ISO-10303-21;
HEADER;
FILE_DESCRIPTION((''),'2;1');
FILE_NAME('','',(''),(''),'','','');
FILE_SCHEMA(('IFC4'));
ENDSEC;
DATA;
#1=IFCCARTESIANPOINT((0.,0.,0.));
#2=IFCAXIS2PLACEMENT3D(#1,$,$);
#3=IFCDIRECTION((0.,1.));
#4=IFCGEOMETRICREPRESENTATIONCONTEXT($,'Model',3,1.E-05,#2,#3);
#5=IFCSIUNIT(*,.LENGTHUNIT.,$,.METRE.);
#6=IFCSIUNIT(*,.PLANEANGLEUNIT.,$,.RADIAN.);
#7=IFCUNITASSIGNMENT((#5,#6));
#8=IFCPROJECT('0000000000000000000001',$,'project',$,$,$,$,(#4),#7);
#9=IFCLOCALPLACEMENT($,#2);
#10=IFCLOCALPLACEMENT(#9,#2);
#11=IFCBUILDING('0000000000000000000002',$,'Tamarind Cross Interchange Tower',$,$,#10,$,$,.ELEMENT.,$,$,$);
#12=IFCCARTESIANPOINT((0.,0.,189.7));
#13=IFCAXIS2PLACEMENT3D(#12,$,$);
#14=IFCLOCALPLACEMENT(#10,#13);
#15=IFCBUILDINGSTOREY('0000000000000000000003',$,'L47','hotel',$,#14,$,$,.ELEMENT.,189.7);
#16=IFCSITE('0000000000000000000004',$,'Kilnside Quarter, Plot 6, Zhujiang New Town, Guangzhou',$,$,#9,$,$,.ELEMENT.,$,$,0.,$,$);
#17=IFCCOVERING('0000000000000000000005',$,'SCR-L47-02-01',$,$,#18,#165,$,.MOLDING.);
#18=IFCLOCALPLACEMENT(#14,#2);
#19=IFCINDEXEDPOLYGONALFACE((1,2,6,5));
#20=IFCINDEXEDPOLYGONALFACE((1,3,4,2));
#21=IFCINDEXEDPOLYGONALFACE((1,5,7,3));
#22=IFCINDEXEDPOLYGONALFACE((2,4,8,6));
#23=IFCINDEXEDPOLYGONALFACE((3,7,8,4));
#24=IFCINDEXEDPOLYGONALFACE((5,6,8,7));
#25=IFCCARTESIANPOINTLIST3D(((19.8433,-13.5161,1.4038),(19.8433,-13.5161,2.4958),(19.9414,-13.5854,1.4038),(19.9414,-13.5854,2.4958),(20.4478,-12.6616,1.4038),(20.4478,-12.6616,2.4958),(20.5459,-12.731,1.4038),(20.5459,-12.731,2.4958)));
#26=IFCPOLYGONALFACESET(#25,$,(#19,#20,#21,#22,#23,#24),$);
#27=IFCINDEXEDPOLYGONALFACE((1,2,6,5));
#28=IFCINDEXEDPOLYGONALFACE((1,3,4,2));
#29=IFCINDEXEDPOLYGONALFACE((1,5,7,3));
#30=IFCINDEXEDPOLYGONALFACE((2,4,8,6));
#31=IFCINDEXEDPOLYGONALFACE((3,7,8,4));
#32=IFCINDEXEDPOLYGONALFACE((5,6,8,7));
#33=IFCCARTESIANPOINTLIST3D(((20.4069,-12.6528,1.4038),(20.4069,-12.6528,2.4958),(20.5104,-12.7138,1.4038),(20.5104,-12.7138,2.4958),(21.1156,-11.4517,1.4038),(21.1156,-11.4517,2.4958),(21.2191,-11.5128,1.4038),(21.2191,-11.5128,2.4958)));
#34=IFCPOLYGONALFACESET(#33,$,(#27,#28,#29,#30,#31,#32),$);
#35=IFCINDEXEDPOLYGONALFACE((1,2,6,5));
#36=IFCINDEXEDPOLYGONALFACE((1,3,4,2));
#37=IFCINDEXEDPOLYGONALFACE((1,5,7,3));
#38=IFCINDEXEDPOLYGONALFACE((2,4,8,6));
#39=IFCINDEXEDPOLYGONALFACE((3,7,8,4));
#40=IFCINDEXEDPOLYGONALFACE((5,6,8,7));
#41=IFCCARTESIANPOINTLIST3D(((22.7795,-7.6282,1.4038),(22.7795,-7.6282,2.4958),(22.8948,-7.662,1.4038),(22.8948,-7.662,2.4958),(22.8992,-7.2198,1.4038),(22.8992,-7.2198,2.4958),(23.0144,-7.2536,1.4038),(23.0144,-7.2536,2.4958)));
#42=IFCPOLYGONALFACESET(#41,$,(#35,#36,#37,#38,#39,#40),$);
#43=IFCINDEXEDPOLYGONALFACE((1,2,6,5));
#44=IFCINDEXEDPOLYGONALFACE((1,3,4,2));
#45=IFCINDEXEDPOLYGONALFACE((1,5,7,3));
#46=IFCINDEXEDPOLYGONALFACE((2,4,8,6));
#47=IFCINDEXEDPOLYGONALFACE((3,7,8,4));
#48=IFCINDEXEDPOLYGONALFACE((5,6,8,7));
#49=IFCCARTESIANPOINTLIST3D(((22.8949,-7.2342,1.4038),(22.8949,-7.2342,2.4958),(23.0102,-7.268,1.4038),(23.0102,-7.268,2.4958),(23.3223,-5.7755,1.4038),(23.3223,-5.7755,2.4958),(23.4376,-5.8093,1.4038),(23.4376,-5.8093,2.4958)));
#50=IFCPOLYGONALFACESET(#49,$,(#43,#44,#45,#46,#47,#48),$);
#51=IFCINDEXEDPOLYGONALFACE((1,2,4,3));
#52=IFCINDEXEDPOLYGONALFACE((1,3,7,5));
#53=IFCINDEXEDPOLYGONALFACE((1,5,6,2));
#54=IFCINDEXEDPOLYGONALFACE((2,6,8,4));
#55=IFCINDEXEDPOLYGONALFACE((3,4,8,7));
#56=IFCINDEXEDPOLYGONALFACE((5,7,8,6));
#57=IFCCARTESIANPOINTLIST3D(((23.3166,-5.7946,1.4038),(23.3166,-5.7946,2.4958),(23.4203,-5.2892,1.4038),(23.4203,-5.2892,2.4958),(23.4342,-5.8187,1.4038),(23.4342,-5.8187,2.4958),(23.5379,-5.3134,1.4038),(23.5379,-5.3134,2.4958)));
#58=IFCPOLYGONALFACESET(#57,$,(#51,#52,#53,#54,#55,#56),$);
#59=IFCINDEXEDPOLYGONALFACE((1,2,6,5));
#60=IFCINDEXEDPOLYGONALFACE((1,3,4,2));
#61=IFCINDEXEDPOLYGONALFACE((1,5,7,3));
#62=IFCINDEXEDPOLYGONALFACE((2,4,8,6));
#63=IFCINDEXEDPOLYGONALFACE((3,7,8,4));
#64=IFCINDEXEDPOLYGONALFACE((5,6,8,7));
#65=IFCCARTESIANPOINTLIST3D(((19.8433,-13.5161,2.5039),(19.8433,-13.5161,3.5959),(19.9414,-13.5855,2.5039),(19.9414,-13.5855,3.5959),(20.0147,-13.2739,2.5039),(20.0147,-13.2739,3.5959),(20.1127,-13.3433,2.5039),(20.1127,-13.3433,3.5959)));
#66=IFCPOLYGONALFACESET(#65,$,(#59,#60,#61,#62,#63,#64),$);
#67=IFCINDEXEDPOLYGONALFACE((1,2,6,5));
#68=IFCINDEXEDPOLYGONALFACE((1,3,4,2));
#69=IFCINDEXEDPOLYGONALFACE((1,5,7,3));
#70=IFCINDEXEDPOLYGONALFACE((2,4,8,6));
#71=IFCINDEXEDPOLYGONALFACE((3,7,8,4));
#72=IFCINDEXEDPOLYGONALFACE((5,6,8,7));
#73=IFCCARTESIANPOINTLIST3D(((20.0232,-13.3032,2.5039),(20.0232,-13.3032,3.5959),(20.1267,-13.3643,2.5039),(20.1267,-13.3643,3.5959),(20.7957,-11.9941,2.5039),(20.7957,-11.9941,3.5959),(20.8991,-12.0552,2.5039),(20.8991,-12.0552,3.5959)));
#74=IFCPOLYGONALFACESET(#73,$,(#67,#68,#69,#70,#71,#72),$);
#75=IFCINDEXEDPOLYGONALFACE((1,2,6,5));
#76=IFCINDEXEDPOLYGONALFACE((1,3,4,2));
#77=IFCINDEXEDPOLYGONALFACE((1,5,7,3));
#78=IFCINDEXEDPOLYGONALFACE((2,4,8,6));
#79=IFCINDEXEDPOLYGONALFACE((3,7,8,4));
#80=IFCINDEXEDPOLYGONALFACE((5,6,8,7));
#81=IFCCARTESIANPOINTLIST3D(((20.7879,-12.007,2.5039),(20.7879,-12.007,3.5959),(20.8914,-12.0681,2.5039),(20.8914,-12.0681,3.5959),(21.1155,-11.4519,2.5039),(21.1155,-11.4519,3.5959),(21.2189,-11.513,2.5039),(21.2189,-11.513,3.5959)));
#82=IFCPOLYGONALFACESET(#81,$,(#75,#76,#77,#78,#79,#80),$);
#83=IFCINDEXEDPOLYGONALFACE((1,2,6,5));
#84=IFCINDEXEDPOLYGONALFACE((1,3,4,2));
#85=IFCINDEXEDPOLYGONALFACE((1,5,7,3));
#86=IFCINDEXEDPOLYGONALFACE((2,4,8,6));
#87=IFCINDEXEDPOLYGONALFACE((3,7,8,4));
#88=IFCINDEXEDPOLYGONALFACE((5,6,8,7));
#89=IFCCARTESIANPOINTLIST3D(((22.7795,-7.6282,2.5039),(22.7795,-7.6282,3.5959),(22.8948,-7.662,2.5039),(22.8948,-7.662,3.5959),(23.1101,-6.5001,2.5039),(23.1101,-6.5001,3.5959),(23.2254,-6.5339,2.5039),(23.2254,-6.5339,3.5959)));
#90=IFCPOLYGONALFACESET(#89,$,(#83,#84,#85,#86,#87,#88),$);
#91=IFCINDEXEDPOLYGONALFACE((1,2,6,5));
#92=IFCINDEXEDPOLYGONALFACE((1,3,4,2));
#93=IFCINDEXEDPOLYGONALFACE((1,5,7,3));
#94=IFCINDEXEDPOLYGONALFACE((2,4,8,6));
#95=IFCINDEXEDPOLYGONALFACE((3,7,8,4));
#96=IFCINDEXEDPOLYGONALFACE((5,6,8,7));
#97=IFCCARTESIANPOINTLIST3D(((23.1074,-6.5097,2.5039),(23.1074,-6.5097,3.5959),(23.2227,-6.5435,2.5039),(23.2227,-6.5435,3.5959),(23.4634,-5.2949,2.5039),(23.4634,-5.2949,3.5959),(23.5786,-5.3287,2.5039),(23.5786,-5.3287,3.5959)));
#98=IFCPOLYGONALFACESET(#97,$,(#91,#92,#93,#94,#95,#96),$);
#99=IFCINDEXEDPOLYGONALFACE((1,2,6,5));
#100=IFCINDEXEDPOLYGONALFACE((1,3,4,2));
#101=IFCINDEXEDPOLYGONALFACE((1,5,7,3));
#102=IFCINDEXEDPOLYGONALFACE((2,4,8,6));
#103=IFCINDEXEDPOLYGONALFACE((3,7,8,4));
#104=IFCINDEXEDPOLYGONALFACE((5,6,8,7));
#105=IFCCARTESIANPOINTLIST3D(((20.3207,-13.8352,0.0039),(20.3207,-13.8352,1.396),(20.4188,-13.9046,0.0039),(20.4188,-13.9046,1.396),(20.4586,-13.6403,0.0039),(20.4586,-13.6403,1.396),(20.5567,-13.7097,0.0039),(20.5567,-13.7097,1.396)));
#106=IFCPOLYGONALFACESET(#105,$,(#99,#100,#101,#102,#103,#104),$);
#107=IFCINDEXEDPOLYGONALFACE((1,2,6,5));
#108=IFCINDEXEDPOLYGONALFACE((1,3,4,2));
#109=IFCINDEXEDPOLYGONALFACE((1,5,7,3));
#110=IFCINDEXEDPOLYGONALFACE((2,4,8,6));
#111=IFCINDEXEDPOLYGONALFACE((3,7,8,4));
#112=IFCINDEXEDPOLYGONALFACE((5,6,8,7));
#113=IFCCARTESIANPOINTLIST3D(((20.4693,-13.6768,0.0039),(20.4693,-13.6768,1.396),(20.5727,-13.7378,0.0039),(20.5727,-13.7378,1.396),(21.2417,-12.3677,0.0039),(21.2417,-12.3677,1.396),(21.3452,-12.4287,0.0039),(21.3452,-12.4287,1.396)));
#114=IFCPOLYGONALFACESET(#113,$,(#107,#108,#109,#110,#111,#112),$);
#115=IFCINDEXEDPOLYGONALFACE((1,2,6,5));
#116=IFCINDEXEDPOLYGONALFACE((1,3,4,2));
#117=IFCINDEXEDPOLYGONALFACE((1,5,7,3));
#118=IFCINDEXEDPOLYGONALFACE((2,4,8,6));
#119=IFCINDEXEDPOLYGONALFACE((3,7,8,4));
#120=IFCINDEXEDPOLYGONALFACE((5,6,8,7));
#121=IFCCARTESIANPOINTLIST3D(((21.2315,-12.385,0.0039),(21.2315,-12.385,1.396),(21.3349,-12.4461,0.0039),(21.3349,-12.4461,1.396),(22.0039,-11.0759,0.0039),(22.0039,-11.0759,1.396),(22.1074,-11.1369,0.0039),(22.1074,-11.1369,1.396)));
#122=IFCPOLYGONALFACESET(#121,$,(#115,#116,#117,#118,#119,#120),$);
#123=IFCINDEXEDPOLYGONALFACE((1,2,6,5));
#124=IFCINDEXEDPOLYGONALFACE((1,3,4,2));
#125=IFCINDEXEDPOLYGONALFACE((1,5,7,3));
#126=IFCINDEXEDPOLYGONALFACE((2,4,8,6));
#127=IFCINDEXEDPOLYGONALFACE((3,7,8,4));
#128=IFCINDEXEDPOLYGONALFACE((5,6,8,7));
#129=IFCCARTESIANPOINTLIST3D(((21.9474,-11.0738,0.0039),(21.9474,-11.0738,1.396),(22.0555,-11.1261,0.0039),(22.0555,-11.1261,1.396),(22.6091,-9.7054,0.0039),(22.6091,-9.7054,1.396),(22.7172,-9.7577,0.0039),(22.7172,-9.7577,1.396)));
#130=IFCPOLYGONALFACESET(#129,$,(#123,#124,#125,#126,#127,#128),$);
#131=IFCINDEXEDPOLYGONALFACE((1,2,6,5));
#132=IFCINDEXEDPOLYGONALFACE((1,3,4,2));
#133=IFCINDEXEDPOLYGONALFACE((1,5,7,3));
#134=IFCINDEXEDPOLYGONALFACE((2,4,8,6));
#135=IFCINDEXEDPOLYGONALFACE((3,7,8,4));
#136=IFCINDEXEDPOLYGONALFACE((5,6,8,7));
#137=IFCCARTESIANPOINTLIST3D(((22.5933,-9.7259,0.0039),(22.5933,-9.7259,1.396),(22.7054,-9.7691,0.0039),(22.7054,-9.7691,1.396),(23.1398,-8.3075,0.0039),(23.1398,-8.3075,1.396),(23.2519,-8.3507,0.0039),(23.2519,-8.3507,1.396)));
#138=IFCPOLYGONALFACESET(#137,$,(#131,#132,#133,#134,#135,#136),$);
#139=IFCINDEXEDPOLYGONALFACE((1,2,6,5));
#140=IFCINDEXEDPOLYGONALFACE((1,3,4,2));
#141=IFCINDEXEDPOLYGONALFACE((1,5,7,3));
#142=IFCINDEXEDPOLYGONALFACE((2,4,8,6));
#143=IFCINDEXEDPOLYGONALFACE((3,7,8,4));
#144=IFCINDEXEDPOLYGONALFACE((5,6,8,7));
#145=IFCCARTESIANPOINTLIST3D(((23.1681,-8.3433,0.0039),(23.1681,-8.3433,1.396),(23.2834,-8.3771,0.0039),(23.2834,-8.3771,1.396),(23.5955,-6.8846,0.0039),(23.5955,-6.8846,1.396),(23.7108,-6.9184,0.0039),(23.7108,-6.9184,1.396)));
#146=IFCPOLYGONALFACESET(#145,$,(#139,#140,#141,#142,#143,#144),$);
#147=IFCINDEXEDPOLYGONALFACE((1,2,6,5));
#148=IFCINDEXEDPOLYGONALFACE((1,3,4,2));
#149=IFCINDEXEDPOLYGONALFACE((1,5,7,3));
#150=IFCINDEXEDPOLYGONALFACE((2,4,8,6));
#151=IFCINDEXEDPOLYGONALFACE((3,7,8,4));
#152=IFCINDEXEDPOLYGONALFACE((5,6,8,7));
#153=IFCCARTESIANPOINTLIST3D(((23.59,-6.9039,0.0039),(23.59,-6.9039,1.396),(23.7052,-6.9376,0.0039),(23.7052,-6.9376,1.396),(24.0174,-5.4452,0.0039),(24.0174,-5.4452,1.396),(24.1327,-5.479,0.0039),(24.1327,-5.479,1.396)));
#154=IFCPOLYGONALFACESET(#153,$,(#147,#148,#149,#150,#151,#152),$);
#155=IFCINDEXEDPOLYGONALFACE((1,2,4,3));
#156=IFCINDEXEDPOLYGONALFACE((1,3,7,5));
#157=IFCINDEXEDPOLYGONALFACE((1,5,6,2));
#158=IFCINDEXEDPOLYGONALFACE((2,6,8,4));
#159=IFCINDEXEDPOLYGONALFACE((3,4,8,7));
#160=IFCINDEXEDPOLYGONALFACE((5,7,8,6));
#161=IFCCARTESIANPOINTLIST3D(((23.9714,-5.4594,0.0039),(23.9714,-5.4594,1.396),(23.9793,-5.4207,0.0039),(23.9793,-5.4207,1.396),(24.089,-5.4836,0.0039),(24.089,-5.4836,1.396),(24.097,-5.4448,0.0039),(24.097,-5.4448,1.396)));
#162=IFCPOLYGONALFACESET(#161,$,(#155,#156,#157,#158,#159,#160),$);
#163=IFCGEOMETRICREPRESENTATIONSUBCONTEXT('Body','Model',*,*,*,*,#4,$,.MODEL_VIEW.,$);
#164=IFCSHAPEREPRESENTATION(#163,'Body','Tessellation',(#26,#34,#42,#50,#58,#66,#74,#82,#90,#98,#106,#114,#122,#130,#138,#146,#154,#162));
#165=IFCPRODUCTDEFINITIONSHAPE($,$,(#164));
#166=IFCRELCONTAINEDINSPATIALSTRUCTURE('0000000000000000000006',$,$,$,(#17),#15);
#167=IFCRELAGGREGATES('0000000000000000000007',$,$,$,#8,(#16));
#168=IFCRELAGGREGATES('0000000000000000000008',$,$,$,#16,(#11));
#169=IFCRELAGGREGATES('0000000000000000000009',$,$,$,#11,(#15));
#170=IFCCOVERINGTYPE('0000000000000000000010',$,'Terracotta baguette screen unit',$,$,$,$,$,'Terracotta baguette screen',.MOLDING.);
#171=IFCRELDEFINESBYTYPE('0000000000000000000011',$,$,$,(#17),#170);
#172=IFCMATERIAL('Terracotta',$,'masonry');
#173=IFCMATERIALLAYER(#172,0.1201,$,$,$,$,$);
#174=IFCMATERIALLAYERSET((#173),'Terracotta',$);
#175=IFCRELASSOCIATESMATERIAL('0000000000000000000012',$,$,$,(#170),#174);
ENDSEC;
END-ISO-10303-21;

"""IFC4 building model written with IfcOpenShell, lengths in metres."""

from ifc_helpers import new_model, si_unit, direction, frame, origin, origin_2d, place, context, subcontext, project, spatial, rectangle, extrude, material, layer, layer_set, type_object, element, save


model = new_model("IFC4")

# Units and contexts
model_context = context("Model", 3, precision=1e-05, world=origin(), true_north=direction((0.0, 1.0)))
body_context = subcontext(model_context, "Body", "Model", "MODEL_VIEW")
ifc_project = project(units=[si_unit("LENGTHUNIT", "METRE"), si_unit("PLANEANGLEUNIT", "RADIAN")], contexts=[model_context])

# Site, building, storey
site_placement = place(None, origin())
site = spatial("IfcSite", under=ifc_project, at=site_placement, Name="Kilnside Quarter, Plot 6, Zhujiang New Town, Guangzhou", CompositionType="ELEMENT", RefElevation=0.0)
building_placement = place(site_placement, origin())
building = spatial("IfcBuilding", under=site, at=building_placement, Name="Tamarind Cross Interchange Tower", CompositionType="ELEMENT")
storey_placement = place(building_placement, frame((0.0, 0.0, 189.7)))
storey = spatial("IfcBuildingStorey", under=building, at=storey_placement, Name="L47", Description="hotel", CompositionType="ELEMENT", Elevation=189.7)

# Covering
ifc_material_1 = material(Name="Terracotta", Category="masonry")
ifc_layer_1 = layer(ifc_material_1, 0.1201)
ifc_layer_set_1 = layer_set([ifc_layer_1], Name="Terracotta")
covering_type = type_object("IfcCoveringType", Name="Terracotta baguette screen unit", ElementType="Terracotta baguette screen", PredefinedType="MOLDING", material=ifc_layer_set_1)
covering_1_placement = place(storey_placement, origin())
element("IfcCovering", 1, at=covering_1_placement, inside=storey, type_object=covering_type, Name="SCR-L47-02-01", PredefinedType="MOLDING", context=body_context, shape_type="SweptSolid", body=[
    extrude(rectangle(XDim=1.0466, YDim=0.1201, at=origin_2d()), frame((20.1946, -13.1235, 1.4038), z_axis=(0.0, 0.0, 1.0), x_axis=(0.577569, 0.816342, 0.0)), (0.0, 0.0, 1.0), 1.092),
    extrude(rectangle(XDim=1.3945, YDim=0.1201, at=origin_2d()), frame((20.813, -12.0828, 1.4038), z_axis=(0.0, 0.0, 1.0), x_axis=(0.508183, 0.861249, 0.0)), (0.0, 0.0, 1.0), 1.092),
    extrude(rectangle(XDim=0.4255, YDim=0.1201, at=origin_2d()), frame((22.897, -7.4409, 1.4038), z_axis=(0.0, 0.0, 1.0), x_axis=(0.281209, 0.959647, 0.0)), (0.0, 0.0, 1.0), 1.092),
    extrude(rectangle(XDim=1.52, YDim=0.1201, at=origin_2d()), frame((23.1663, -6.5217, 1.4038), z_axis=(0.0, 0.0, 1.0), x_axis=(0.281209, 0.959647, 0.0)), (0.0, 0.0, 1.0), 1.092),
    extrude(rectangle(XDim=0.5159, YDim=0.1201, at=origin_2d()), frame((23.4272, -5.554, 1.4038), z_axis=(0.0, 0.0, 1.0), x_axis=(0.201001, 0.979591, 0.0)), (0.0, 0.0, 1.0), 1.092),
    extrude(rectangle(XDim=0.2966, YDim=0.1201, at=origin_2d()), frame((19.978, -13.4297, 2.5039), z_axis=(0.0, 0.0, 1.0), x_axis=(0.577569, 0.816342, 0.0)), (0.0, 0.0, 1.0), 1.092),
    extrude(rectangle(XDim=1.52, YDim=0.1201, at=origin_2d()), frame((20.4612, -12.6792, 2.5039), z_axis=(0.0, 0.0, 1.0), x_axis=(0.508183, 0.861249, 0.0)), (0.0, 0.0, 1.0), 1.092),
    extrude(rectangle(XDim=0.6445, YDim=0.1201, at=origin_2d()), frame((21.0034, -11.76, 2.5039), z_axis=(0.0, 0.0, 1.0), x_axis=(0.508183, 0.861249, 0.0)), (0.0, 0.0, 1.0), 1.092),
    extrude(rectangle(XDim=1.1755, YDim=0.1201, at=origin_2d()), frame((23.0024, -7.0811, 2.5039), z_axis=(0.0, 0.0, 1.0), x_axis=(0.281209, 0.959647, 0.0)), (0.0, 0.0, 1.0), 1.092),
    extrude(rectangle(XDim=1.2659, YDim=0.1201, at=origin_2d()), frame((23.343, -5.9192, 2.5039), z_axis=(0.0, 0.0, 1.0), x_axis=(0.281209, 0.959647, 0.0)), (0.0, 0.0, 1.0), 1.092),
    extrude(rectangle(XDim=0.2388, YDim=0.1201, at=origin_2d()), frame((20.4387, -13.7725, 0.0039), z_axis=(0.0, 0.0, 1.0), x_axis=(0.577569, 0.816342, 0.0)), (0.0, 0.0, 1.0), 1.3921),
    extrude(rectangle(XDim=1.52, YDim=0.1201, at=origin_2d()), frame((20.9072, -13.0527, 0.0039), z_axis=(0.0, 0.0, 1.0), x_axis=(0.508183, 0.861249, 0.0)), (0.0, 0.0, 1.0), 1.3921),
    extrude(rectangle(XDim=1.52, YDim=0.1201, at=origin_2d()), frame((21.6694, -11.761, 0.0039), z_axis=(0.0, 0.0, 1.0), x_axis=(0.508183, 0.861249, 0.0)), (0.0, 0.0, 1.0), 1.3921),
    extrude(rectangle(XDim=1.52, YDim=0.1201, at=origin_2d()), frame((22.3323, -10.4158, 0.0039), z_axis=(0.0, 0.0, 1.0), x_axis=(0.435326, 0.900273, 0.0)), (0.0, 0.0, 1.0), 1.3921),
    extrude(rectangle(XDim=1.52, YDim=0.1201, at=origin_2d()), frame((22.9226, -9.0383, 0.0039), z_axis=(0.0, 0.0, 1.0), x_axis=(0.359495, 0.933147, 0.0)), (0.0, 0.0, 1.0), 1.3921),
    extrude(rectangle(XDim=1.52, YDim=0.1201, at=origin_2d()), frame((23.4395, -7.6309, 0.0039), z_axis=(0.0, 0.0, 1.0), x_axis=(0.281209, 0.959647, 0.0)), (0.0, 0.0, 1.0), 1.3921),
    extrude(rectangle(XDim=1.52, YDim=0.1201, at=origin_2d()), frame((23.8613, -6.1914, 0.0039), z_axis=(0.0, 0.0, 1.0), x_axis=(0.281209, 0.959647, 0.0)), (0.0, 0.0, 1.0), 1.3921),
    extrude(rectangle(XDim=0.0396, YDim=0.1201, at=origin_2d()), frame((24.0342, -5.4521, 0.0039), z_axis=(0.0, 0.0, 1.0), x_axis=(0.201001, 0.979591, 0.0)), (0.0, 0.0, 1.0), 1.3921),
])

save(model, "model.ifc")
